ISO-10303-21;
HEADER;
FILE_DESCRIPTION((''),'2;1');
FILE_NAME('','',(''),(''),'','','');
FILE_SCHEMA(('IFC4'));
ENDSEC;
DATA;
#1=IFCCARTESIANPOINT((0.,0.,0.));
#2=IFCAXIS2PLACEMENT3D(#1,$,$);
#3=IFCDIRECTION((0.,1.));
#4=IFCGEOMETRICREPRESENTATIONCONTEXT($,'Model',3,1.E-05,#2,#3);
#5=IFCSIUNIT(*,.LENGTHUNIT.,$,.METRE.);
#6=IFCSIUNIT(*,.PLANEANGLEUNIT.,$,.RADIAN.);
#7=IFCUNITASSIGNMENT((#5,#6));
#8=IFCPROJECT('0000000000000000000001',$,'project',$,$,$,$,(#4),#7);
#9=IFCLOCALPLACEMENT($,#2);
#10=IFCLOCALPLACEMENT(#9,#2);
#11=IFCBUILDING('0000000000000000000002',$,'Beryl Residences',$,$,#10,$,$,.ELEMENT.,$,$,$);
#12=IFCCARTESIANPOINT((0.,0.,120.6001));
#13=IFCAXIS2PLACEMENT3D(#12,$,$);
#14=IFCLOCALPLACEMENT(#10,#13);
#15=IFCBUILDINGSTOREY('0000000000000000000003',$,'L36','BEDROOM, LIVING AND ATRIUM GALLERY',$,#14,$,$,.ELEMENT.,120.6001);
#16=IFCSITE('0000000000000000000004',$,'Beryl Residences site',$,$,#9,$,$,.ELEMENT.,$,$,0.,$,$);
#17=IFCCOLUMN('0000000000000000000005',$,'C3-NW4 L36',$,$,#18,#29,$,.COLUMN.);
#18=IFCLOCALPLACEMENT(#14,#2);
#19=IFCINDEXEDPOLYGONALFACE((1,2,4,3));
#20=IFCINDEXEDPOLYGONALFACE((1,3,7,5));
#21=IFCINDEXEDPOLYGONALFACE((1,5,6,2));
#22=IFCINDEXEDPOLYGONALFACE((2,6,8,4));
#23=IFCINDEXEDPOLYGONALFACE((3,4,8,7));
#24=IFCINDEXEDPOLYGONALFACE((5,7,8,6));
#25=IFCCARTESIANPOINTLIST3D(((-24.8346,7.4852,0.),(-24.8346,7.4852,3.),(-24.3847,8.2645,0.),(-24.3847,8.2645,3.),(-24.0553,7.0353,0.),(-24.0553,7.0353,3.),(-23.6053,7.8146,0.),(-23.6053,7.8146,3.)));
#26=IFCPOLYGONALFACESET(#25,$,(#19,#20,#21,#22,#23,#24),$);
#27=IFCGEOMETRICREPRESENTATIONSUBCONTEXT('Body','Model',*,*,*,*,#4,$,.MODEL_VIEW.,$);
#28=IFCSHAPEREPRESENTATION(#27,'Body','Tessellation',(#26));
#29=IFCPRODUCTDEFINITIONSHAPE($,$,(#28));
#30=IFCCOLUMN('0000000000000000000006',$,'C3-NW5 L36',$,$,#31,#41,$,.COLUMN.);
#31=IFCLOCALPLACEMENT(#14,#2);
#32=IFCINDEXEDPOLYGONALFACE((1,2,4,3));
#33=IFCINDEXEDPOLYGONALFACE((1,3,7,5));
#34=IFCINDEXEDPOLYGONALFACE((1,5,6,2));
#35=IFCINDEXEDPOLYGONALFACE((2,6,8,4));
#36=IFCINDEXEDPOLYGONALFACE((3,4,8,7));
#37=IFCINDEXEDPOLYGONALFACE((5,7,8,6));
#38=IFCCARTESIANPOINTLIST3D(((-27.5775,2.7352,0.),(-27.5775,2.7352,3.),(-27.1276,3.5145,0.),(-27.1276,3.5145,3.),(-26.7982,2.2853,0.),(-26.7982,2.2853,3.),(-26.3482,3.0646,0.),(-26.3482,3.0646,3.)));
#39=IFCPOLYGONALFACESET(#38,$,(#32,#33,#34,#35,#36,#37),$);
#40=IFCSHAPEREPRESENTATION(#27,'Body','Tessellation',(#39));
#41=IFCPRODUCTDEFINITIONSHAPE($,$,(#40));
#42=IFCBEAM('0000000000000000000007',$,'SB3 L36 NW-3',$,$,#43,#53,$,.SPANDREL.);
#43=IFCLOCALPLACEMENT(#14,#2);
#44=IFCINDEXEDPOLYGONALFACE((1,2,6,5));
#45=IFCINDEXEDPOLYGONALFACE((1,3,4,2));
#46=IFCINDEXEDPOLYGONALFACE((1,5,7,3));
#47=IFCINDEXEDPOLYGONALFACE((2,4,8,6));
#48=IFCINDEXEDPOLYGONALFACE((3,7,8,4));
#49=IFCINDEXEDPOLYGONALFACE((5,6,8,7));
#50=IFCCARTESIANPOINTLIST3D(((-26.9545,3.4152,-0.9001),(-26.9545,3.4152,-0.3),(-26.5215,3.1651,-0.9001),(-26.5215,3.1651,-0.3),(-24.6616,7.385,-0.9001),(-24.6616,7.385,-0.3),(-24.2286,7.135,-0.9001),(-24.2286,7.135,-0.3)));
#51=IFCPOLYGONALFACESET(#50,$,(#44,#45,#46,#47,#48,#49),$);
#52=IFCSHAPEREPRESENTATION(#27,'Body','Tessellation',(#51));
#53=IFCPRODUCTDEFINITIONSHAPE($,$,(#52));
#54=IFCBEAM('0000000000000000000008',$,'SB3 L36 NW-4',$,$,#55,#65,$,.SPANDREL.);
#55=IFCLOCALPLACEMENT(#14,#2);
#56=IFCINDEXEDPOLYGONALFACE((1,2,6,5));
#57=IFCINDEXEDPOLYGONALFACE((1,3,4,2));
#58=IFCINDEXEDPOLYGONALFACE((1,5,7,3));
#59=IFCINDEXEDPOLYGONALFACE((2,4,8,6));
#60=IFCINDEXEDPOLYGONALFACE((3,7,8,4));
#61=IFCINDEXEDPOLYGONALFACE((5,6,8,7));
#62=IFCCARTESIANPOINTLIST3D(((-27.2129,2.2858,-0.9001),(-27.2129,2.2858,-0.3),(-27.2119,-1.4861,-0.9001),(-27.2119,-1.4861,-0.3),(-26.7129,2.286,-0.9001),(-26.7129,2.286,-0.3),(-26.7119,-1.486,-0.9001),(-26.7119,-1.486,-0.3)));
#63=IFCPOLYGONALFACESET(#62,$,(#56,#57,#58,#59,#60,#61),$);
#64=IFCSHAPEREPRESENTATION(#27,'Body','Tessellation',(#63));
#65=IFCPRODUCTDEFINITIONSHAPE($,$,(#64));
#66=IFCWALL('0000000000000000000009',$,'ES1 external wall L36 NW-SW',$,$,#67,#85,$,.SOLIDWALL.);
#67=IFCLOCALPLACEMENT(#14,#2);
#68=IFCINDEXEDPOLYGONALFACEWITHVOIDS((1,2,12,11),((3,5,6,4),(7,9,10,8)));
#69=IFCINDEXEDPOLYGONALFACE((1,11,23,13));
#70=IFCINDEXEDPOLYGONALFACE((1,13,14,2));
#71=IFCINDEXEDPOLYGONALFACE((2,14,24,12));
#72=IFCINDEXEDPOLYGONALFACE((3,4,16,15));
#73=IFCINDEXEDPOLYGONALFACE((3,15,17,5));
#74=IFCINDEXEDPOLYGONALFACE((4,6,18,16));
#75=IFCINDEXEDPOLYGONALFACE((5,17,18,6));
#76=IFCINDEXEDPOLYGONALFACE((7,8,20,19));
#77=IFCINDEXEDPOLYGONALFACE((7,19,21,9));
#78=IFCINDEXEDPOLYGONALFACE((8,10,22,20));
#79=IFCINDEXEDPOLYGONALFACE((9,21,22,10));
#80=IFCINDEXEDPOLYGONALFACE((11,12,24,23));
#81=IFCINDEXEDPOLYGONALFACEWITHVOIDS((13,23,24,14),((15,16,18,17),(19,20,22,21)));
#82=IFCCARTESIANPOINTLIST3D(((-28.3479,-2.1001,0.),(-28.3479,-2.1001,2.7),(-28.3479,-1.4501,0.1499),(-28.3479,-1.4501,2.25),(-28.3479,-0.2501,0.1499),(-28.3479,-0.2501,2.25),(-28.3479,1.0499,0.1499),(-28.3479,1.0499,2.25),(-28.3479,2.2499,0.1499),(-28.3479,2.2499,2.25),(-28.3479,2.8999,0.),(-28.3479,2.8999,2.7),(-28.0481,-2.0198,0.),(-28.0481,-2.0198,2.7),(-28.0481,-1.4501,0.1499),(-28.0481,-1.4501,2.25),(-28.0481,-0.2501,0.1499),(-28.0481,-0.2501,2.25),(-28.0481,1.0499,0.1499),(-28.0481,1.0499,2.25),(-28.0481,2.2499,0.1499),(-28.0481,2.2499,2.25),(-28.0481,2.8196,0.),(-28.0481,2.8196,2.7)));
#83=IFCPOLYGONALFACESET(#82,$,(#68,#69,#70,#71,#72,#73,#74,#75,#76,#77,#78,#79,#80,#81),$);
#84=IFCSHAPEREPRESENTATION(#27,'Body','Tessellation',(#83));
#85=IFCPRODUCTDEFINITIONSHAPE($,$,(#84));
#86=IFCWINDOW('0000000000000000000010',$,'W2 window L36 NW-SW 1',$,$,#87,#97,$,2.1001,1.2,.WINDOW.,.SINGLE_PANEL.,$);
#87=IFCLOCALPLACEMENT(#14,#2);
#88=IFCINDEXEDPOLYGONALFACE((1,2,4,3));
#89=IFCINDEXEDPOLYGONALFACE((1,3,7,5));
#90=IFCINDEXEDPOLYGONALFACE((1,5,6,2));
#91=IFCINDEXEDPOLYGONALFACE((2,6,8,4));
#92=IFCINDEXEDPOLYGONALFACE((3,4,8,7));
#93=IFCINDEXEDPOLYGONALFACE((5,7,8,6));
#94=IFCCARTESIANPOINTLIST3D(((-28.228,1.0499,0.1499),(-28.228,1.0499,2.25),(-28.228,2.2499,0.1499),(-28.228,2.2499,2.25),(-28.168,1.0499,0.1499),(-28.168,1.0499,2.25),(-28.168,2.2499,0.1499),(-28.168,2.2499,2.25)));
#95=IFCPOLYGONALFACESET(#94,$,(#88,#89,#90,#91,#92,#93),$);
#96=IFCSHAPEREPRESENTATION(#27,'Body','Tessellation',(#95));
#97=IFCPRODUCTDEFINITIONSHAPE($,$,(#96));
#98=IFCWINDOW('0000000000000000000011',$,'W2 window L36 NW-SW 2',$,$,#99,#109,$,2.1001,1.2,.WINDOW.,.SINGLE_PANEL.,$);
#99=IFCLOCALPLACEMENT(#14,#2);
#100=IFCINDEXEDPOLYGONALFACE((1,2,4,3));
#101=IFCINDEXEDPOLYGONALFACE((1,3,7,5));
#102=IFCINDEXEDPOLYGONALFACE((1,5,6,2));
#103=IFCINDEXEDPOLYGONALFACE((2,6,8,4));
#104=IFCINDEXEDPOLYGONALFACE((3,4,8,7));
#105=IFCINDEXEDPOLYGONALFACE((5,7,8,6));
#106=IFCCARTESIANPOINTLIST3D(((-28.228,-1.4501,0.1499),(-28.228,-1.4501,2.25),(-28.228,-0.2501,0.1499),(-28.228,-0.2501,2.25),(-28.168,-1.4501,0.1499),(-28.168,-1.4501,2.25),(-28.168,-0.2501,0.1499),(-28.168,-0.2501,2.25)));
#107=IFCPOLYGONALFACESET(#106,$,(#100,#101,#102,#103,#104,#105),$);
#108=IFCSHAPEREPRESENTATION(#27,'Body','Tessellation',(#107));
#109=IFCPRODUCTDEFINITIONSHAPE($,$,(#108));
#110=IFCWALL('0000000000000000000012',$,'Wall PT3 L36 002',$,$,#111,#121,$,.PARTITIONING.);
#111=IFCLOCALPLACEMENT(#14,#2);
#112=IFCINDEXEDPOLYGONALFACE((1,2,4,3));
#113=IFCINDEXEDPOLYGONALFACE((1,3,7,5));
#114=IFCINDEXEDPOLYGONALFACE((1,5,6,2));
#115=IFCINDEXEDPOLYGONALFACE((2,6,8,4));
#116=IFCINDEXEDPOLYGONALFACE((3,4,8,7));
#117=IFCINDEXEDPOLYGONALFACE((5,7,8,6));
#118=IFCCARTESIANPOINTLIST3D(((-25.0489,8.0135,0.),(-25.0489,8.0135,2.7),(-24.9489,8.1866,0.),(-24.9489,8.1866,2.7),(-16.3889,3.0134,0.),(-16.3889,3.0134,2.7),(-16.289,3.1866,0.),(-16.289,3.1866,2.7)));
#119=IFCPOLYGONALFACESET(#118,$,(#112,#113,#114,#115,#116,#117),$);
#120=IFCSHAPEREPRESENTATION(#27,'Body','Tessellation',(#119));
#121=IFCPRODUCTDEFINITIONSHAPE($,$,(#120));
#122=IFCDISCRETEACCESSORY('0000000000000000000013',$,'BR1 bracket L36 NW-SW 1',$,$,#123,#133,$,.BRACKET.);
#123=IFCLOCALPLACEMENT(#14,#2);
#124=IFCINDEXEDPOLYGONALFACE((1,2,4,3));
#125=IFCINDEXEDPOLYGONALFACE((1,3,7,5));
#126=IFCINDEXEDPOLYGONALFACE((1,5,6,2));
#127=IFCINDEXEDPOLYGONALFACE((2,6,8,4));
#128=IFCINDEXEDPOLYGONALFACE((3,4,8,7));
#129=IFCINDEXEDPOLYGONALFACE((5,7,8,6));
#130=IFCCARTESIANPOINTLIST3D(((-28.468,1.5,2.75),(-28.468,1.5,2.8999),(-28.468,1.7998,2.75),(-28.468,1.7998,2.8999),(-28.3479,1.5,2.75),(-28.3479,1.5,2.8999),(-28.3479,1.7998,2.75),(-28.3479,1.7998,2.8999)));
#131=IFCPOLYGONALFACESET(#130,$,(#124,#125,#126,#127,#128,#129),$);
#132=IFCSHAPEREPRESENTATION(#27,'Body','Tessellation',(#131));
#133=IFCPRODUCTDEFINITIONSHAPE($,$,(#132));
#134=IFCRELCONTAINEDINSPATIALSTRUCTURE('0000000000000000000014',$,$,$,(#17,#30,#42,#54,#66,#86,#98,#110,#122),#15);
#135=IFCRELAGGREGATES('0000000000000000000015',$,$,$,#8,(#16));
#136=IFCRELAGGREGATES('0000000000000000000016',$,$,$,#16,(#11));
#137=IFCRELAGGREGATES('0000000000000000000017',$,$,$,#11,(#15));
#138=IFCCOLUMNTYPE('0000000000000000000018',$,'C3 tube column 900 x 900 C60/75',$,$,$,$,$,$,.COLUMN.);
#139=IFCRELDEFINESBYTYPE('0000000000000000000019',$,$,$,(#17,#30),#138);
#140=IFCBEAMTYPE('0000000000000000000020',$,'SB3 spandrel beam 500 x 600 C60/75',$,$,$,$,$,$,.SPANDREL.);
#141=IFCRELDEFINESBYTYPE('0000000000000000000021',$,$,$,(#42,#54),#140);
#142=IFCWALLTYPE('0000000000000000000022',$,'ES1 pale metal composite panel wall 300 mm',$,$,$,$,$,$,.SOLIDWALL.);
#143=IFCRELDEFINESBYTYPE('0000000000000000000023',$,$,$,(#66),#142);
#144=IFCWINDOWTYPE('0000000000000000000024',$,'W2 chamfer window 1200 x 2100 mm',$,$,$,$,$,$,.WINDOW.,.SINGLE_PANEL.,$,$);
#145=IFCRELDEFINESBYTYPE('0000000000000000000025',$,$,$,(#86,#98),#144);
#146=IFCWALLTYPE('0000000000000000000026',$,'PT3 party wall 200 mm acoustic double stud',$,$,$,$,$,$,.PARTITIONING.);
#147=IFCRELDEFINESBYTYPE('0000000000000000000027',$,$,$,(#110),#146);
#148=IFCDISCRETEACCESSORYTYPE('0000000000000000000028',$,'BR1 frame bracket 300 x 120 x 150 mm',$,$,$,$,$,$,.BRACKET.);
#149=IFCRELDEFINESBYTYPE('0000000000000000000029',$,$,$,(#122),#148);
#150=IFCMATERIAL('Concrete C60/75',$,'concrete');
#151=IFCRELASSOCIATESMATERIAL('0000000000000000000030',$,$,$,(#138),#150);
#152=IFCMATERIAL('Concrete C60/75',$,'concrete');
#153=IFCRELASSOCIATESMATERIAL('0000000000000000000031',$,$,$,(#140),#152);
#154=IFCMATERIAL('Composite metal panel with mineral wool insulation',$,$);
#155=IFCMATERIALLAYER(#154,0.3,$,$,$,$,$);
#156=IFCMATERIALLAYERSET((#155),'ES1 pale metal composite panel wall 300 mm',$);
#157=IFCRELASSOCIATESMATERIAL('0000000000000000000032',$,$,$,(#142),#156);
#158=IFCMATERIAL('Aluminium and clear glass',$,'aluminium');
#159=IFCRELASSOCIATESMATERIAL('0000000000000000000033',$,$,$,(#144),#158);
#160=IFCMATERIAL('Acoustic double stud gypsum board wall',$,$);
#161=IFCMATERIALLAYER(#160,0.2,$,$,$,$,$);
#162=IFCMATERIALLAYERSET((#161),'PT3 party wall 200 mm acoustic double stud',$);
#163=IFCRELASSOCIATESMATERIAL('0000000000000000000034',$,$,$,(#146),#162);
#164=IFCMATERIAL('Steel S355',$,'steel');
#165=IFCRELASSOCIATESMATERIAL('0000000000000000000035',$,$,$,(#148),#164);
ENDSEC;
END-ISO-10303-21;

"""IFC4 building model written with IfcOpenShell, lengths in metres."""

from ifc_helpers import new_model, si_unit, direction, frame, frame_2d, origin, origin_2d, place, context, subcontext, project, spatial, polyline, rectangle, outline, extrude, source, transform, mapped, material, layer, layer_set, material_profile, profile_set, type_object, type_shapes, element, fill, save


model = new_model("IFC4")

# Units and contexts
model_context = context("Model", 3, precision=1e-05, world=origin(), true_north=direction((0.0, 1.0)))
body_context = subcontext(model_context, "Body", "Model", "MODEL_VIEW")
ifc_project = project(units=[si_unit("LENGTHUNIT", "METRE"), si_unit("PLANEANGLEUNIT", "RADIAN")], contexts=[model_context])

# Site, building, storey
site_placement = place(None, origin())
site = spatial("IfcSite", under=ifc_project, at=site_placement, Name="Beryl Residences site", CompositionType="ELEMENT", RefElevation=0.0)
building_placement = place(site_placement, origin())
building = spatial("IfcBuilding", under=site, at=building_placement, Name="Beryl Residences", CompositionType="ELEMENT")
storey_placement = place(building_placement, frame((0.0, 0.0, 120.6001)))
storey = spatial("IfcBuildingStorey", under=building, at=storey_placement, Name="L36", Description="BEDROOM, LIVING AND ATRIUM GALLERY", CompositionType="ELEMENT", Elevation=120.6001)

# Columns
ifc_material_1 = material(Name="Concrete C60/75", Category="concrete")
ifc_material_profile_1 = material_profile(ifc_material_1, rectangle(XDim=0.8999, YDim=0.8999, at=origin_2d()))
ifc_profile_set_1 = profile_set([ifc_material_profile_1], Name="Concrete C60/75")
column_type = type_object("IfcColumnType", Name="C3 tube column 900 x 900 C60/75", PredefinedType="COLUMN", material=ifc_profile_set_1)
for number, where, z_axis, x_axis, name in (
    (1, (-24.22, 7.6499, 0.0), (0.0, 0.0, 1.0), (-0.5, -0.866025, 0.0), "C3-NW4 L36"),
    (2, (-26.9629, 2.8999, 0.0), (0.0, 0.0, 1.0), (-0.5, -0.866025, 0.0), "C3-NW5 L36"),
):
    element("IfcColumn", number, at=place(storey_placement, frame(where, z_axis=z_axis, x_axis=x_axis)), inside=storey, type_object=column_type, Name=name, PredefinedType="COLUMN", context=body_context, shape_type="SweptSolid", body=[
        extrude(rectangle(XDim=0.8999, YDim=0.8999, at=origin_2d()), origin(), (0.0, 0.0, 1.0), 3.0),
    ])

# Beams
ifc_material_2 = material(Name="Concrete C60/75", Category="concrete")
ifc_material_profile_2 = material_profile(ifc_material_2, rectangle(XDim=0.5, YDim=0.6001, at=origin_2d()))
ifc_profile_set_2 = profile_set([ifc_material_profile_2], Name="Concrete C60/75")
beam_type = type_object("IfcBeamType", Name="SB3 spandrel beam 500 x 600 C60/75", PredefinedType="SPANDREL", material=ifc_profile_set_2)
beam_1_placement = place(storey_placement, frame((-24.4451, 7.26, -0.6001), z_axis=(-0.500148, -0.86594, 0.0), x_axis=(0.86594, -0.500148, 0.0)))
element("IfcBeam", 3, at=beam_1_placement, inside=storey, type_object=beam_type, Name="SB3 L36 NW-3", PredefinedType="SPANDREL", context=body_context, shape_type="SweptSolid", body=[
    extrude(rectangle(XDim=0.5, YDim=0.6001, at=origin_2d()), origin(), (0.0, 0.0, 1.0), 4.5845),
])
beam_2_placement = place(storey_placement, frame((-26.9629, 2.2859, -0.6001), z_axis=(0.000259, -1.0, 0.0), x_axis=(1.0, 0.000259, 0.0)))
element("IfcBeam", 4, at=beam_2_placement, inside=storey, type_object=beam_type, Name="SB3 L36 NW-4", PredefinedType="SPANDREL", context=body_context, shape_type="SweptSolid", body=[
    extrude(rectangle(XDim=0.5, YDim=0.6001, at=origin_2d()), origin(), (0.0, 0.0, 1.0), 3.772),
])

# Wall, openings, windows
ifc_material_3 = material(Name="Composite metal panel with mineral wool insulation")
ifc_layer_1 = layer(ifc_material_3, 0.3)
ifc_layer_set_1 = layer_set([ifc_layer_1], Name="ES1 pale metal composite panel wall 300 mm")
wall_type_1 = type_object("IfcWallType", Name="ES1 pale metal composite panel wall 300 mm", PredefinedType="SOLIDWALL", material=ifc_layer_set_1)
wall_1_placement = place(storey_placement, frame((-28.198, 2.8999, 0.0), z_axis=(0.0, 0.0, 1.0), x_axis=(0.0, -1.0, 0.0)))
wall_1 = element("IfcWall", 5, at=wall_1_placement, inside=storey, type_object=wall_type_1, Name="ES1 external wall L36 NW-SW", PredefinedType="SOLIDWALL", context=body_context, shape_type="SweptSolid", body=[
    extrude(outline(polyline([(0.0, -0.1499), (5.0, -0.1499), (4.9197, 0.1499), (0.0803, 0.1499), (0.0, -0.1499)])), origin(), (0.0, 0.0, 1.0), 2.7),
])
opening_1_placement = place(wall_1_placement, frame((0.6499, 0.0, 0.1499)))
opening_1 = element("IfcOpeningElement", 6, at=opening_1_placement, cuts=wall_1, PredefinedType="OPENING", context=body_context, shape_type="SweptSolid", body=[
    extrude(rectangle(XDim=1.2, YDim=2.1001, at=frame_2d((0.6001, 1.05))), frame((0.0, 0.1599, 0.0), z_axis=(0.0, -1.0, 0.0), x_axis=(1.0, 0.0, 0.0)), (0.0, 0.0, 1.0), 0.3201),
])
opening_2_placement = place(wall_1_placement, frame((3.1499, 0.0, 0.1499)))
opening_2 = element("IfcOpeningElement", 7, at=opening_2_placement, cuts=wall_1, PredefinedType="OPENING", context=body_context, shape_type="SweptSolid", body=[
    extrude(rectangle(XDim=1.2, YDim=2.1001, at=frame_2d((0.6001, 1.05))), frame((0.0, 0.1599, 0.0), z_axis=(0.0, -1.0, 0.0), x_axis=(1.0, 0.0, 0.0)), (0.0, 0.0, 1.0), 0.3201),
])
ifc_material_4 = material(Name="Aluminium and clear glass", Category="aluminium")
window_type = type_object("IfcWindowType", Name="W2 chamfer window 1200 x 2100 mm", PartitioningType="SINGLE_PANEL", PredefinedType="WINDOW", material=ifc_material_4)
window_1_placement = place(opening_1_placement, origin())
window_1 = element("IfcWindow", 8, at=window_1_placement, inside=storey, type_object=window_type, Name="W2 window L36 NW-SW 1", OverallHeight=2.1001, OverallWidth=1.2, PartitioningType="SINGLE_PANEL", PredefinedType="WINDOW", context=body_context, shape_type="SweptSolid", body=[
    extrude(rectangle(XDim=1.2, YDim=2.1001, at=frame_2d((0.6001, 1.05))), frame((0.0, 0.03, 0.0), z_axis=(0.0, -1.0, 0.0), x_axis=(1.0, 0.0, 0.0)), (0.0, 0.0, 1.0), 0.0601),
])
fill(opening_1, window_1)
window_2_placement = place(opening_2_placement, origin())
window_2 = element("IfcWindow", 9, at=window_2_placement, inside=storey, type_object=window_type, Name="W2 window L36 NW-SW 2", OverallHeight=2.1001, OverallWidth=1.2, PartitioningType="SINGLE_PANEL", PredefinedType="WINDOW", context=body_context, shape_type="SweptSolid", body=[
    extrude(rectangle(XDim=1.2, YDim=2.1001, at=frame_2d((0.6001, 1.05))), frame((0.0, 0.03, 0.0), z_axis=(0.0, -1.0, 0.0), x_axis=(1.0, 0.0, 0.0)), (0.0, 0.0, 1.0), 0.0601),
])
fill(opening_2, window_2)

# Wall
ifc_material_5 = material(Name="Acoustic double stud gypsum board wall")
ifc_layer_2 = layer(ifc_material_5, 0.2)
ifc_layer_set_2 = layer_set([ifc_layer_2], Name="PT3 party wall 200 mm acoustic double stud")
wall_type_2 = type_object("IfcWallType", Name="PT3 party wall 200 mm acoustic double stud", PredefinedType="PARTITIONING", material=ifc_layer_set_2)
wall_2_placement = place(storey_placement, frame((-24.999, 8.1001, 0.0), z_axis=(0.0, 0.0, 1.0), x_axis=(0.866017, -0.500015, 0.0)))
element("IfcWall", 10, at=wall_2_placement, inside=storey, type_object=wall_type_2, Name="Wall PT3 L36 002", PredefinedType="PARTITIONING", context=body_context, shape_type="SweptSolid", body=[
    extrude(rectangle(XDim=9.9998, YDim=0.2, at=frame_2d((5.0, 0.0))), origin(), (0.0, 0.0, 1.0), 2.7),
])

# Discrete accessory
ifc_material_6 = material(Name="Steel S355", Category="steel")
discrete_accessory_type = type_object("IfcDiscreteAccessoryType", Name="BR1 frame bracket 300 x 120 x 150 mm", PredefinedType="BRACKET", material=ifc_material_6)
shared_shape_1 = source(origin(), body_context, "Body", "SweptSolid", [
    extrude(outline(polyline([(-0.1499, 0.0), (0.1499, 0.0), (0.1499, 0.1201), (-0.1499, 0.1201), (-0.1499, 0.0)])), origin(), (0.0, 0.0, 1.0), 0.1499),
])
type_shapes(discrete_accessory_type, [shared_shape_1])
discrete_accessory_placement = place(storey_placement, frame((-28.3479, 1.6499, 2.75), z_axis=(0.0, 0.0, 1.0), x_axis=(0.0, 1.0, 0.0)))
element("IfcDiscreteAccessory", 11, at=discrete_accessory_placement, inside=storey, type_object=discrete_accessory_type, Name="BR1 bracket L36 NW-SW 1", PredefinedType="BRACKET", context=body_context, shape_type="MappedRepresentation", body=[
    mapped(shared_shape_1, transform((0.0, 0.0, 0.0))),
])

save(model, "model.ifc")
